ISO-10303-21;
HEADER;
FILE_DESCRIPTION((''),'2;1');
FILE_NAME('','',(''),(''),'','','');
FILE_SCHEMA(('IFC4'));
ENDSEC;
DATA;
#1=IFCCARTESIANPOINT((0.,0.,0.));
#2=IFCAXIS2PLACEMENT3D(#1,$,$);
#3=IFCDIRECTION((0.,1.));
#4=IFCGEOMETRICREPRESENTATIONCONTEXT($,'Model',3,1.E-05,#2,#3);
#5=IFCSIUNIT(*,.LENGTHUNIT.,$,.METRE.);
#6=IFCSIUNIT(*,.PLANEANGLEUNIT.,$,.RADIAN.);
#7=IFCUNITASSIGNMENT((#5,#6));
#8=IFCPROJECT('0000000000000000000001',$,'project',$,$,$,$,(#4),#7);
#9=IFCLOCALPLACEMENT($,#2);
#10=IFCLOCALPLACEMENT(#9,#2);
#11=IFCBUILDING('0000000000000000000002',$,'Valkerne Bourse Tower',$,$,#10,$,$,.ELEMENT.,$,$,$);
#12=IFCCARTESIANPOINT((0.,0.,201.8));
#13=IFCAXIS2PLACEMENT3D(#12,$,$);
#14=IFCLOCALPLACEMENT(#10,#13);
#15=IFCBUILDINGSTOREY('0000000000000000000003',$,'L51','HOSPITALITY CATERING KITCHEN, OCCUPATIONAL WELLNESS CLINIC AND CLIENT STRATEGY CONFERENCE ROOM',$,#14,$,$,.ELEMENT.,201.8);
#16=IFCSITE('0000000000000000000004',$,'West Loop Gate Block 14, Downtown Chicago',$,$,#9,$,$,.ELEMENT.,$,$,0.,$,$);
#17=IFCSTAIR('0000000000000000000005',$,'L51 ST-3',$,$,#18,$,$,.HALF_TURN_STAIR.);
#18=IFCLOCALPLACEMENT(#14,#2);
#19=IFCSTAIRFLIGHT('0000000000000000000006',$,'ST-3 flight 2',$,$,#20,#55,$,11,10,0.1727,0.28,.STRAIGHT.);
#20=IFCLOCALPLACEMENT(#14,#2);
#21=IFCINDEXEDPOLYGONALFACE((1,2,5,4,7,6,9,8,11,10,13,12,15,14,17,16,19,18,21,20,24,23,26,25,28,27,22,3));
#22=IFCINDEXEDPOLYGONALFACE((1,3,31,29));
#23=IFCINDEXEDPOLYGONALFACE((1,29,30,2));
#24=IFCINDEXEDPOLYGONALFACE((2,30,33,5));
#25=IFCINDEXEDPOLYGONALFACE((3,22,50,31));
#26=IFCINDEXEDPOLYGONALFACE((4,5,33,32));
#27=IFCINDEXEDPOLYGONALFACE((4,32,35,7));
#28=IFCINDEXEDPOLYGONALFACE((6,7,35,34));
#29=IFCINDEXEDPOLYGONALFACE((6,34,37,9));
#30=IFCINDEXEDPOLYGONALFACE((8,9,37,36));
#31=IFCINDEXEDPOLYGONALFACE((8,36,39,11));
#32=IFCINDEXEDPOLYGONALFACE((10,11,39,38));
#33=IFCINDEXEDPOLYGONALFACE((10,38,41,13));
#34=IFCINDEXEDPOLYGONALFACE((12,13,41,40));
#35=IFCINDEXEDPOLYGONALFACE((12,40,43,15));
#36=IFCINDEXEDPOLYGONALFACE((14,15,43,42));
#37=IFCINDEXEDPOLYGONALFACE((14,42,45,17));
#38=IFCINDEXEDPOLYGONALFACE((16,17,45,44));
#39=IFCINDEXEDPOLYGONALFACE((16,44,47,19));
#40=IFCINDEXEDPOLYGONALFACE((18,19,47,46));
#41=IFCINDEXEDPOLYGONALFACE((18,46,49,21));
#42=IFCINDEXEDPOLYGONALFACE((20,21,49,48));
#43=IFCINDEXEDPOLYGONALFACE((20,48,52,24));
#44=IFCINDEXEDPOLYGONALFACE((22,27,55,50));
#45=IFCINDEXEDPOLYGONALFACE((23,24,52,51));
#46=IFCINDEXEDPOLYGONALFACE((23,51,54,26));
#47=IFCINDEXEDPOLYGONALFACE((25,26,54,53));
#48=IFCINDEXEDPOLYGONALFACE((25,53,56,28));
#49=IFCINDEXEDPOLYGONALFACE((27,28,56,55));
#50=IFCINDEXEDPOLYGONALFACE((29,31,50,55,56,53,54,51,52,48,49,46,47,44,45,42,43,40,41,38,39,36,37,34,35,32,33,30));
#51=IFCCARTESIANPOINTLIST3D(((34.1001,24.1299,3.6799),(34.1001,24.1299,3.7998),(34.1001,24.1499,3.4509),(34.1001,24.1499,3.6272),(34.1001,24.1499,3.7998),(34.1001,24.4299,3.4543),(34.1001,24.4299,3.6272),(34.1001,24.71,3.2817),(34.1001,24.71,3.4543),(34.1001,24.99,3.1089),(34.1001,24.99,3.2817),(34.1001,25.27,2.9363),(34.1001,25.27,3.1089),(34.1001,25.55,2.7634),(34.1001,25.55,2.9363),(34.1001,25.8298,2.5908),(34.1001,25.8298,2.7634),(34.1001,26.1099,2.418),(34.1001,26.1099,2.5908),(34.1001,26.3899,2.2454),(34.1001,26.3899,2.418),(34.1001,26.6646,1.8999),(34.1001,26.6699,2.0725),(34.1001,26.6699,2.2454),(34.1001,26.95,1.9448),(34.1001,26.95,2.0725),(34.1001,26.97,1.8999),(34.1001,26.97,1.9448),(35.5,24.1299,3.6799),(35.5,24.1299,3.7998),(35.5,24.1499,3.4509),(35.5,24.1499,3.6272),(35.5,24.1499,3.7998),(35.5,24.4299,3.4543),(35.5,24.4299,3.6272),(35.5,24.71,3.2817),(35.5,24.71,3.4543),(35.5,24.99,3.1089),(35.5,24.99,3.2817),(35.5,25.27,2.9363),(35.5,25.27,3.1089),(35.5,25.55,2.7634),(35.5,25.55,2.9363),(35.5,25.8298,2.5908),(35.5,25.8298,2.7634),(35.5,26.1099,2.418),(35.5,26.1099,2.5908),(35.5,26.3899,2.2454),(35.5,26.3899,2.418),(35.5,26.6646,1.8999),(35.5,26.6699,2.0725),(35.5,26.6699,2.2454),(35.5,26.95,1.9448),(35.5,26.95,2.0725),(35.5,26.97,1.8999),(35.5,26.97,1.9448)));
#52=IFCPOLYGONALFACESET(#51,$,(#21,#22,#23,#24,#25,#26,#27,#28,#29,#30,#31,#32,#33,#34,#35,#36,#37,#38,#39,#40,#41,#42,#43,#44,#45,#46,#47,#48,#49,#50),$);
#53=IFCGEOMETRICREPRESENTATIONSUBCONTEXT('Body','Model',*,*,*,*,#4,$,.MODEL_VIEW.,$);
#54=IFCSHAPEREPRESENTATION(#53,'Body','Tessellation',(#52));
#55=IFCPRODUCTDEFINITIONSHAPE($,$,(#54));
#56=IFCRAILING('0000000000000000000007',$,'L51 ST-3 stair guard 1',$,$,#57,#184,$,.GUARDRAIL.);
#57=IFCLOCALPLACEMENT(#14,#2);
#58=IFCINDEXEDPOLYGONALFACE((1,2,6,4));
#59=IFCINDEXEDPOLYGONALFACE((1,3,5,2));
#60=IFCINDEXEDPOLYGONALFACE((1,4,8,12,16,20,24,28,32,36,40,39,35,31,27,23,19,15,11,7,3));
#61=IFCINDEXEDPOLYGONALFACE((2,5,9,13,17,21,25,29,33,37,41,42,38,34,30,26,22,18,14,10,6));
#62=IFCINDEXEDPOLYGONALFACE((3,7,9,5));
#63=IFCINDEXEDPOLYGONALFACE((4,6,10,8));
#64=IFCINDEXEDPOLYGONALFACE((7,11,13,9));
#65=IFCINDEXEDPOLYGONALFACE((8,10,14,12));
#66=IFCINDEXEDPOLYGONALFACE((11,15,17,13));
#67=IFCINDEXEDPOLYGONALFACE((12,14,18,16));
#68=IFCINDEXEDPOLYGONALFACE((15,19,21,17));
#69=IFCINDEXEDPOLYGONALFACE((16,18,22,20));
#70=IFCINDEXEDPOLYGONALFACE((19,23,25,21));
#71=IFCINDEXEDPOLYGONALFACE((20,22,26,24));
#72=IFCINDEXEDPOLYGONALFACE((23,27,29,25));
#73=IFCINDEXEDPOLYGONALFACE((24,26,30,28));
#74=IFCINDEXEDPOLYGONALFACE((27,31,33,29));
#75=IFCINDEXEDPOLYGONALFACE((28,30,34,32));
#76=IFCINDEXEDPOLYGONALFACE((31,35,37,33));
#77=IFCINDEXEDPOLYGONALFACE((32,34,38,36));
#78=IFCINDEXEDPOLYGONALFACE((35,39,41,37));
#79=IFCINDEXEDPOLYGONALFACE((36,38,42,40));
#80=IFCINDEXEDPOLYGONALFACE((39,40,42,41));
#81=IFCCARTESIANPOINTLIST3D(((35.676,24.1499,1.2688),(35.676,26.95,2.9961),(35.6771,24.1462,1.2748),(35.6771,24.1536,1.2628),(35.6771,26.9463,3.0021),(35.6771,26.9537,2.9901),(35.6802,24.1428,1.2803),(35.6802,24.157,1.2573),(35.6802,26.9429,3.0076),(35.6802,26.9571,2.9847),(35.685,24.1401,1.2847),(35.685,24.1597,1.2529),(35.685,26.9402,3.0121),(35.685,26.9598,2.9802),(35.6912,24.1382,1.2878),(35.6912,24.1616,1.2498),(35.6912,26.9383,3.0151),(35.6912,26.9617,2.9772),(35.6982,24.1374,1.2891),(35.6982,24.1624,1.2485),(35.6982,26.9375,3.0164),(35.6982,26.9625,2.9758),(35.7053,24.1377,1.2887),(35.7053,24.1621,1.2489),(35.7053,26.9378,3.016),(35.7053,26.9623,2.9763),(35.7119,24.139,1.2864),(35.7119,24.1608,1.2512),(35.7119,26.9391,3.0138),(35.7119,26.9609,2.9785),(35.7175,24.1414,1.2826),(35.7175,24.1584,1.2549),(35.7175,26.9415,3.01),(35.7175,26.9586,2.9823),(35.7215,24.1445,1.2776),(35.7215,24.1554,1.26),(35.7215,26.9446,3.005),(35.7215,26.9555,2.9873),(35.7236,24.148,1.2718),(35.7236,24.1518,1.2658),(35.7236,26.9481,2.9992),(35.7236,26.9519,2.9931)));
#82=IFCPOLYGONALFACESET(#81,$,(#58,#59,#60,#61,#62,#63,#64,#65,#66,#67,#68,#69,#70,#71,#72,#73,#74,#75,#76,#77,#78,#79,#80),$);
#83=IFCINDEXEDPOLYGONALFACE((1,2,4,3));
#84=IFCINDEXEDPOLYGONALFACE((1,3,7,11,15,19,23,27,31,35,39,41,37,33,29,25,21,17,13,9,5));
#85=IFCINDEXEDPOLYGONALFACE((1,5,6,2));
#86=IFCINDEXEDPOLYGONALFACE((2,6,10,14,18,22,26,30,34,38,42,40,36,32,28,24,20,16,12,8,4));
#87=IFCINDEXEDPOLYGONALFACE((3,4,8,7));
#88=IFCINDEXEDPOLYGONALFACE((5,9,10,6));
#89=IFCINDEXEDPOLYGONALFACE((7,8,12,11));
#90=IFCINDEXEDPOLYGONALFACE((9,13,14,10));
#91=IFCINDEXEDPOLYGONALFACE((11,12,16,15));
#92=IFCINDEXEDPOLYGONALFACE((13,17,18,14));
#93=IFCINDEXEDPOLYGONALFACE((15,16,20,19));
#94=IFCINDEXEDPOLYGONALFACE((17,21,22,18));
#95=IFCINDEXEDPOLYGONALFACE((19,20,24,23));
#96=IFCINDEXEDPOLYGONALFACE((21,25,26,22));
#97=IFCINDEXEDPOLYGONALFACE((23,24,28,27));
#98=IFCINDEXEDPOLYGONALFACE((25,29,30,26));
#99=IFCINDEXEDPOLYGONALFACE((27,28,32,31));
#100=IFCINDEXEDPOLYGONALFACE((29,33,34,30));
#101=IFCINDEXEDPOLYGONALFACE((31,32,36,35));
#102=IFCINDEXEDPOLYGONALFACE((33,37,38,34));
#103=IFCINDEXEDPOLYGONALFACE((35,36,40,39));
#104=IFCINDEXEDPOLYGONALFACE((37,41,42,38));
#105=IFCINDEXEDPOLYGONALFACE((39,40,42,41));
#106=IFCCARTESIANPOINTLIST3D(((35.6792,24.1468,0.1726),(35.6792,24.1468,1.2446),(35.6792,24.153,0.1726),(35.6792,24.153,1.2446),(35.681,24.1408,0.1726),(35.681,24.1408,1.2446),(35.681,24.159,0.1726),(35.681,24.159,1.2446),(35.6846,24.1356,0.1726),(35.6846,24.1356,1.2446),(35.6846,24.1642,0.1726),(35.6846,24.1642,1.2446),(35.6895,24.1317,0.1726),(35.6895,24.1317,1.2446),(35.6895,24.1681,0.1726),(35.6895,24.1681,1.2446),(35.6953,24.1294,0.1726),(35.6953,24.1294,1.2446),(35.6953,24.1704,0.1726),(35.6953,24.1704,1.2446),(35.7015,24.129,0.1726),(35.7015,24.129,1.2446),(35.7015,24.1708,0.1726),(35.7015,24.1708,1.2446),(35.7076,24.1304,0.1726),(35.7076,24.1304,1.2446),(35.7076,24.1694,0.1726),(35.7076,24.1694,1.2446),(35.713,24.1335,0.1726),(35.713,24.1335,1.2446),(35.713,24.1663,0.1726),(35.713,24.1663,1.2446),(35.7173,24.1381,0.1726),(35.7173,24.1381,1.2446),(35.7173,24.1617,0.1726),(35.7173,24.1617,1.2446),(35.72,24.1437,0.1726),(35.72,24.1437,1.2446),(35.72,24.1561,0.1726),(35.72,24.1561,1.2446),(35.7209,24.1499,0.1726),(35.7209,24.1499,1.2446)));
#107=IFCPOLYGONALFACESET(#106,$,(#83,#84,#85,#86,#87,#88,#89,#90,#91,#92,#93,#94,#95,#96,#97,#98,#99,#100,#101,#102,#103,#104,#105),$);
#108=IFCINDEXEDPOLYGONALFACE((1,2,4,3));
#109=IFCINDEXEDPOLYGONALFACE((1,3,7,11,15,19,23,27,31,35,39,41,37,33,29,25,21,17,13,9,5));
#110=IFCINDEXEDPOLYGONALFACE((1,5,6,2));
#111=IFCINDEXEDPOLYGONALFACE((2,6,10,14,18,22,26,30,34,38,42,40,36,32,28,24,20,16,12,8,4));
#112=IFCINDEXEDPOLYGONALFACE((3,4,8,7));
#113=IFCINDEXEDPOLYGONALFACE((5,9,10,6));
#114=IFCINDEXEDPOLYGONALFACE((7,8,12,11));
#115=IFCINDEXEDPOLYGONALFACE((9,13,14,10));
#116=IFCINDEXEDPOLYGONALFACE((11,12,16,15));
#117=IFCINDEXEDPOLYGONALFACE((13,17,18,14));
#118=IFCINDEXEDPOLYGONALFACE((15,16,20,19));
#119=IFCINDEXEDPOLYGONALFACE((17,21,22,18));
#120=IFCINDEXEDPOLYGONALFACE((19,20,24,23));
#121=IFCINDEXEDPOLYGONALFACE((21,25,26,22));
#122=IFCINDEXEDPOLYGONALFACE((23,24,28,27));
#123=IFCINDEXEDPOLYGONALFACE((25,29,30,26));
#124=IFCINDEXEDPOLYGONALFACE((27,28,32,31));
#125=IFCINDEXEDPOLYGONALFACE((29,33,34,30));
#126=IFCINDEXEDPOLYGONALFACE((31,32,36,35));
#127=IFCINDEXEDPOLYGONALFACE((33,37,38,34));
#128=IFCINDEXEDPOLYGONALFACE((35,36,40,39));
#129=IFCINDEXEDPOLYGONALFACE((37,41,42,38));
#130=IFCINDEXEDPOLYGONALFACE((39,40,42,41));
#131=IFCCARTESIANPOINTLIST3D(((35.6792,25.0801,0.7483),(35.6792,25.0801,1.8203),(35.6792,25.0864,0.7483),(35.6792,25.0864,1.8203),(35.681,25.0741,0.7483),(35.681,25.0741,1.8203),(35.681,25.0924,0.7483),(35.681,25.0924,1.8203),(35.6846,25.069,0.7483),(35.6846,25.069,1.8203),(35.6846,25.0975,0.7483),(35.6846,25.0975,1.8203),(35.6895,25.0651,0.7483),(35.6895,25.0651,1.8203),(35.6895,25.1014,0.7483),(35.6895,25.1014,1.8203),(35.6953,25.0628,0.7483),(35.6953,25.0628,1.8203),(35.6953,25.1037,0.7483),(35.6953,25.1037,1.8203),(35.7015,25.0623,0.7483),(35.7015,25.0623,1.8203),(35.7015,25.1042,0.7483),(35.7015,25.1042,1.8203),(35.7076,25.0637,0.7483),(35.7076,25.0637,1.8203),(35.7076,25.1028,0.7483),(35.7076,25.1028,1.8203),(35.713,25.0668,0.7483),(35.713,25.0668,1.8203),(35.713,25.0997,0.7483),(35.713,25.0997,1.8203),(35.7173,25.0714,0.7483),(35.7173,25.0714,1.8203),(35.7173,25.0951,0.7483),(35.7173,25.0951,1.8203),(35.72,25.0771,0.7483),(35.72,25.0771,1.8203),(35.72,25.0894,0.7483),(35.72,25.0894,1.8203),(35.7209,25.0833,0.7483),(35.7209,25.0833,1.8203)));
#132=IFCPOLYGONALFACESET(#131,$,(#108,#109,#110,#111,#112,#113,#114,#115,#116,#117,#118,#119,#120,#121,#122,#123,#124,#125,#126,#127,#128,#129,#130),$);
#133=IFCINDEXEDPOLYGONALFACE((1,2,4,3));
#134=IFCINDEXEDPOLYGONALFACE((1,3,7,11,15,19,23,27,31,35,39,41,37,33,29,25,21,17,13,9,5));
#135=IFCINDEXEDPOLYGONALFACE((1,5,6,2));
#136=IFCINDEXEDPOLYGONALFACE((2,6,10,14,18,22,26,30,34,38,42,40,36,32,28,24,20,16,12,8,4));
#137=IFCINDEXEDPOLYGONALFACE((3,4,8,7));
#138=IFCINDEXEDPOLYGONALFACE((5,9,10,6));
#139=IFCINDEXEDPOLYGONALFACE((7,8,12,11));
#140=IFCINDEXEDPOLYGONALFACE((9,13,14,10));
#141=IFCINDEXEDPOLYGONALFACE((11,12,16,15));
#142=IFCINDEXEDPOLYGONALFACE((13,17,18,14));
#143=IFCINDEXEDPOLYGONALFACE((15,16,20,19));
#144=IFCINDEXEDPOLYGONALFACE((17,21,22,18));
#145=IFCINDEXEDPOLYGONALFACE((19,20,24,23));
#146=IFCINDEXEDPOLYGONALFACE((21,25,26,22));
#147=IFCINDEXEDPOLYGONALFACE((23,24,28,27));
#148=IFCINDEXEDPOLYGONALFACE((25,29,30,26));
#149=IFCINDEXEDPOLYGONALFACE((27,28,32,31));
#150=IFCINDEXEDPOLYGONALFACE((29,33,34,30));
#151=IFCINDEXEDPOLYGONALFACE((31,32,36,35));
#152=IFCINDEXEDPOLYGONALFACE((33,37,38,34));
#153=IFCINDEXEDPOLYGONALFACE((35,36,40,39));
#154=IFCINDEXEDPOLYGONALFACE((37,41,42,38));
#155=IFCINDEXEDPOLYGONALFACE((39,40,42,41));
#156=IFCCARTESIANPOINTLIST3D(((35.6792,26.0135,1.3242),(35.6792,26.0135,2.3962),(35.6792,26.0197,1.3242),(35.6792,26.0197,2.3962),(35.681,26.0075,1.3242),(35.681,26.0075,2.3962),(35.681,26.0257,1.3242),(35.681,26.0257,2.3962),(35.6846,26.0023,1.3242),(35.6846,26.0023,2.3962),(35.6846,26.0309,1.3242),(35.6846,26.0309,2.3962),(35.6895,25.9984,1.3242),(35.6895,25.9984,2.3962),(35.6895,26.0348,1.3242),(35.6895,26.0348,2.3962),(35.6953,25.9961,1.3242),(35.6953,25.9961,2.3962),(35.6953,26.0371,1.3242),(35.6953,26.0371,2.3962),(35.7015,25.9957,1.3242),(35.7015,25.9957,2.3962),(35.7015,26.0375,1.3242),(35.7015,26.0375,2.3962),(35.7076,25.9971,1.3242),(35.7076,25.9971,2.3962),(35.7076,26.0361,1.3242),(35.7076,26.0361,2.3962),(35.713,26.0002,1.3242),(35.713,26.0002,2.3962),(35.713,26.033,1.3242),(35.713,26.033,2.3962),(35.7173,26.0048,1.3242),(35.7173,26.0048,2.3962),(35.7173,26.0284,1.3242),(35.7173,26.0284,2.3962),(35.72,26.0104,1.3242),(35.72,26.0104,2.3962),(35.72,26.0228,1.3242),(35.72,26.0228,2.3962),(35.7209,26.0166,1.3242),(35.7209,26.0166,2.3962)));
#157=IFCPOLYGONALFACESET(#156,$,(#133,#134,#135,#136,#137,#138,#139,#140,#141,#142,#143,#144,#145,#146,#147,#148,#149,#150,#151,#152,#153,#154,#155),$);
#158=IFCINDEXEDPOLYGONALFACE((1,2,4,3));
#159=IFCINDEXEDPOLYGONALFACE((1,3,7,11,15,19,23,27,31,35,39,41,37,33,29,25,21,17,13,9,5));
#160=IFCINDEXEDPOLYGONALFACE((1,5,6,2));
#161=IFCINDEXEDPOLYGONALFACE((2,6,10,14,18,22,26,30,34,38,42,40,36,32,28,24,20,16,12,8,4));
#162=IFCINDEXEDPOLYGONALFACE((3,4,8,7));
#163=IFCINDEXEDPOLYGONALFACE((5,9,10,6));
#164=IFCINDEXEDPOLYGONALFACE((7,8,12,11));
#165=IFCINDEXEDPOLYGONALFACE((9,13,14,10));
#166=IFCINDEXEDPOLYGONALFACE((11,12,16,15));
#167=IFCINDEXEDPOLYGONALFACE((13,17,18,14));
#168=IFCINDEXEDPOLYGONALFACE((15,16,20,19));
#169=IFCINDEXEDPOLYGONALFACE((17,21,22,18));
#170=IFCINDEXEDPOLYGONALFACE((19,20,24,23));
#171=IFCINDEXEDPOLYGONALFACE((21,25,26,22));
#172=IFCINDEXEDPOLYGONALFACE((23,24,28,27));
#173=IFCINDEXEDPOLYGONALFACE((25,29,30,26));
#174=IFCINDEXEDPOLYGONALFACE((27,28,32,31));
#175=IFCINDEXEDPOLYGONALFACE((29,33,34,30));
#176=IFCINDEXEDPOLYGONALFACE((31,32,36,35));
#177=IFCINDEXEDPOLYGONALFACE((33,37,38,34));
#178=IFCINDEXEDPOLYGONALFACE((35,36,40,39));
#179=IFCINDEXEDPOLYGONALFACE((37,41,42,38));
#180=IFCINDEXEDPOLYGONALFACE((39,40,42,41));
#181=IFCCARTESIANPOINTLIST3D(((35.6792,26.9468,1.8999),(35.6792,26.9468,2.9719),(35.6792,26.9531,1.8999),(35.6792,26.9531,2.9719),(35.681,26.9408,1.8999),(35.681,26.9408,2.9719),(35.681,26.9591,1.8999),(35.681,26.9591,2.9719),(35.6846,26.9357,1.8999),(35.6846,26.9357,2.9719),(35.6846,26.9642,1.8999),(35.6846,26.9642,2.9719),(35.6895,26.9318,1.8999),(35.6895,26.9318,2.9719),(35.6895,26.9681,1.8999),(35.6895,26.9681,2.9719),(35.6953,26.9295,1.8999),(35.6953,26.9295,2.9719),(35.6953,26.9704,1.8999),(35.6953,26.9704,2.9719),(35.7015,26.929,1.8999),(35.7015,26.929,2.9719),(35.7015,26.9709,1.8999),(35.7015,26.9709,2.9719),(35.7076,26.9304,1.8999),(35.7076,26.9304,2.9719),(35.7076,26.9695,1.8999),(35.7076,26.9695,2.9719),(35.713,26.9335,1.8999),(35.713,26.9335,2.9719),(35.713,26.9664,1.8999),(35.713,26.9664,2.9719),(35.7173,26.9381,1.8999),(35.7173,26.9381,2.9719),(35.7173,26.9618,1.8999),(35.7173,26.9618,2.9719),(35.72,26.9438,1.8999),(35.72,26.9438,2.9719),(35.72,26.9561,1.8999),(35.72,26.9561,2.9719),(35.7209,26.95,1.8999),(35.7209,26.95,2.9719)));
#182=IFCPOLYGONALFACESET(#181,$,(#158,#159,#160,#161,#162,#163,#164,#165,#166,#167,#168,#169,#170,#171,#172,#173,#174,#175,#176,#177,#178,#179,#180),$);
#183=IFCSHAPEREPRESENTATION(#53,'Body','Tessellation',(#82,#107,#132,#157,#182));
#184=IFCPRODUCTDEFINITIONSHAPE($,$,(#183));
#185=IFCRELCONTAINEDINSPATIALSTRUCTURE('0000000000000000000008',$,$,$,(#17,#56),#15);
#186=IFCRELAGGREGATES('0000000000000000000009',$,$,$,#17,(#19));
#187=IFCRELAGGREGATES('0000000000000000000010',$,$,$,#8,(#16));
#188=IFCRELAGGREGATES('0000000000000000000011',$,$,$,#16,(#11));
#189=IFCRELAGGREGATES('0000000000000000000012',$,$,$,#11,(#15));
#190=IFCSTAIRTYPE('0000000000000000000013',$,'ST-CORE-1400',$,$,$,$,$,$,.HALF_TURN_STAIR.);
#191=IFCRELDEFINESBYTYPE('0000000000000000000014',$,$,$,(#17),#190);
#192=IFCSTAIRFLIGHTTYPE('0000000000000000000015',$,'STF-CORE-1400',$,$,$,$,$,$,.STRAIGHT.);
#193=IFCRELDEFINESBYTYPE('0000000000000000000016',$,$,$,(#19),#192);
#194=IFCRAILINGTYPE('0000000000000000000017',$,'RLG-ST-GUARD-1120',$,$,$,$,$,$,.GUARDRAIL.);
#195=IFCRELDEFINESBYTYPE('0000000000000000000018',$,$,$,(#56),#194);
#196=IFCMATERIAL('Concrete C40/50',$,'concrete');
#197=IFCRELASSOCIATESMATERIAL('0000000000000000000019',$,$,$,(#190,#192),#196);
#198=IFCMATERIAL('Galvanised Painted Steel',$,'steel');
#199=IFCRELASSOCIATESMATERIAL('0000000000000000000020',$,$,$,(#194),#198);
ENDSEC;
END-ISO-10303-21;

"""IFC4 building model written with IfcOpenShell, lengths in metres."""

from ifc_helpers import new_model, si_unit, direction, frame, origin, origin_2d, place, context, subcontext, project, spatial, polyline, circle, outline, extrude, material, type_object, element, aggregate, save


model = new_model("IFC4")

# Units and contexts
model_context = context("Model", 3, precision=1e-05, world=origin(), true_north=direction((0.0, 1.0)))
body_context = subcontext(model_context, "Body", "Model", "MODEL_VIEW")
ifc_project = project(units=[si_unit("LENGTHUNIT", "METRE"), si_unit("PLANEANGLEUNIT", "RADIAN")], contexts=[model_context])

# Site, building, storey
site_placement = place(None, origin())
site = spatial("IfcSite", under=ifc_project, at=site_placement, Name="West Loop Gate Block 14, Downtown Chicago", CompositionType="ELEMENT", RefElevation=0.0)
building_placement = place(site_placement, origin())
building = spatial("IfcBuilding", under=site, at=building_placement, Name="Valkerne Bourse Tower", CompositionType="ELEMENT")
storey_placement = place(building_placement, frame((0.0, 0.0, 201.8)))
storey = spatial("IfcBuildingStorey", under=building, at=storey_placement, Name="L51", Description="HOSPITALITY CATERING KITCHEN, OCCUPATIONAL WELLNESS CLINIC AND CLIENT STRATEGY CONFERENCE ROOM", CompositionType="ELEMENT", Elevation=201.8)

# Stair, stair flight
ifc_material_1 = material(Name="Concrete C40/50", Category="concrete")
stair_type = type_object("IfcStairType", Name="ST-CORE-1400", PredefinedType="HALF_TURN_STAIR", material=ifc_material_1)
stair_placement = place(storey_placement, origin())
stair = element("IfcStair", 1, at=stair_placement, inside=storey, type_object=stair_type, Name="L51 ST-3", PredefinedType="HALF_TURN_STAIR")
stair_flight_type = type_object("IfcStairFlightType", Name="STF-CORE-1400", PredefinedType="STRAIGHT", material=ifc_material_1)
stair_flight_1_placement = place(storey_placement, frame((34.8, 26.95, 1.8999), z_axis=(0.0, 0.0, 1.0), x_axis=(0.0, -1.0, 0.0)))
stair_flight_1 = element("IfcStairFlight", 2, at=stair_flight_1_placement, type_object=stair_flight_type, Name="ST-3 flight 2", NumberOfRisers=11, NumberOfTreads=10, PredefinedType="STRAIGHT", RiserHeight=0.1727, TreadLength=0.28, context=body_context, shape_type="SweptSolid", body=[
    extrude(outline(polyline([(-0.02, 0.0), (-0.02, 0.0449), (0.0, 0.0449), (0.0, 0.1726), (0.28, 0.1726), (0.28, 0.3455), (0.5601, 0.3455), (0.5601, 0.5181), (0.8401, 0.5181), (0.8401, 0.6909), (1.1201, 0.6909), (1.1201, 0.8635), (1.3999, 0.8635), (1.3999, 1.0364), (1.6799, 1.0364), (1.6799, 1.209), (1.96, 1.209), (1.96, 1.3818), (2.24, 1.3818), (2.24, 1.5544), (2.52, 1.5544), (2.52, 1.7273), (2.8, 1.7273), (2.8, 1.8999), (2.8201, 1.8999), (2.8201, 1.78), (2.8, 1.551), (0.2854, 0.0), (-0.02, 0.0)])), frame((0.0, 0.7, 0.0), z_axis=(0.0, -1.0, 0.0), x_axis=(1.0, 0.0, 0.0)), (0.0, 0.0, 1.0), 1.3999),
])
aggregate(stair, [stair_flight_1])

# Railing
ifc_material_2 = material(Name="Galvanised Painted Steel", Category="steel")
railing_type_1 = type_object("IfcRailingType", Name="RLG-ST-GUARD-1120", PredefinedType="GUARDRAIL", material=ifc_material_2)
railing_1_placement = place(storey_placement, frame((35.7, 24.1499, 0.1726)))
element("IfcRailing", 3, at=railing_1_placement, inside=storey, type_object=railing_type_1, Name="L51 ST-3 stair guard 1", PredefinedType="GUARDRAIL", context=body_context, shape_type="SweptSolid", body=[
    extrude(circle(Radius=0.0239, at=origin_2d()), frame((0.0, 0.0, 1.0962), z_axis=(0.0, 0.85109, 0.52502), x_axis=(-1.0, 0.0, 0.0)), (0.0, 0.0, 1.0), 3.29),
    extrude(circle(Radius=0.021, at=origin_2d()), origin(), (0.0, 0.0, 1.0), 1.072),
    extrude(circle(Radius=0.021, at=origin_2d()), frame((0.0, 0.9333, 0.5757)), (0.0, 0.0, 1.0), 1.072),
    extrude(circle(Radius=0.021, at=origin_2d()), frame((0.0, 1.8667, 1.1516)), (0.0, 0.0, 1.0), 1.072),
    extrude(circle(Radius=0.021, at=origin_2d()), frame((0.0, 2.8, 1.7273)), (0.0, 0.0, 1.0), 1.072),
])

save(model, "model.ifc")
